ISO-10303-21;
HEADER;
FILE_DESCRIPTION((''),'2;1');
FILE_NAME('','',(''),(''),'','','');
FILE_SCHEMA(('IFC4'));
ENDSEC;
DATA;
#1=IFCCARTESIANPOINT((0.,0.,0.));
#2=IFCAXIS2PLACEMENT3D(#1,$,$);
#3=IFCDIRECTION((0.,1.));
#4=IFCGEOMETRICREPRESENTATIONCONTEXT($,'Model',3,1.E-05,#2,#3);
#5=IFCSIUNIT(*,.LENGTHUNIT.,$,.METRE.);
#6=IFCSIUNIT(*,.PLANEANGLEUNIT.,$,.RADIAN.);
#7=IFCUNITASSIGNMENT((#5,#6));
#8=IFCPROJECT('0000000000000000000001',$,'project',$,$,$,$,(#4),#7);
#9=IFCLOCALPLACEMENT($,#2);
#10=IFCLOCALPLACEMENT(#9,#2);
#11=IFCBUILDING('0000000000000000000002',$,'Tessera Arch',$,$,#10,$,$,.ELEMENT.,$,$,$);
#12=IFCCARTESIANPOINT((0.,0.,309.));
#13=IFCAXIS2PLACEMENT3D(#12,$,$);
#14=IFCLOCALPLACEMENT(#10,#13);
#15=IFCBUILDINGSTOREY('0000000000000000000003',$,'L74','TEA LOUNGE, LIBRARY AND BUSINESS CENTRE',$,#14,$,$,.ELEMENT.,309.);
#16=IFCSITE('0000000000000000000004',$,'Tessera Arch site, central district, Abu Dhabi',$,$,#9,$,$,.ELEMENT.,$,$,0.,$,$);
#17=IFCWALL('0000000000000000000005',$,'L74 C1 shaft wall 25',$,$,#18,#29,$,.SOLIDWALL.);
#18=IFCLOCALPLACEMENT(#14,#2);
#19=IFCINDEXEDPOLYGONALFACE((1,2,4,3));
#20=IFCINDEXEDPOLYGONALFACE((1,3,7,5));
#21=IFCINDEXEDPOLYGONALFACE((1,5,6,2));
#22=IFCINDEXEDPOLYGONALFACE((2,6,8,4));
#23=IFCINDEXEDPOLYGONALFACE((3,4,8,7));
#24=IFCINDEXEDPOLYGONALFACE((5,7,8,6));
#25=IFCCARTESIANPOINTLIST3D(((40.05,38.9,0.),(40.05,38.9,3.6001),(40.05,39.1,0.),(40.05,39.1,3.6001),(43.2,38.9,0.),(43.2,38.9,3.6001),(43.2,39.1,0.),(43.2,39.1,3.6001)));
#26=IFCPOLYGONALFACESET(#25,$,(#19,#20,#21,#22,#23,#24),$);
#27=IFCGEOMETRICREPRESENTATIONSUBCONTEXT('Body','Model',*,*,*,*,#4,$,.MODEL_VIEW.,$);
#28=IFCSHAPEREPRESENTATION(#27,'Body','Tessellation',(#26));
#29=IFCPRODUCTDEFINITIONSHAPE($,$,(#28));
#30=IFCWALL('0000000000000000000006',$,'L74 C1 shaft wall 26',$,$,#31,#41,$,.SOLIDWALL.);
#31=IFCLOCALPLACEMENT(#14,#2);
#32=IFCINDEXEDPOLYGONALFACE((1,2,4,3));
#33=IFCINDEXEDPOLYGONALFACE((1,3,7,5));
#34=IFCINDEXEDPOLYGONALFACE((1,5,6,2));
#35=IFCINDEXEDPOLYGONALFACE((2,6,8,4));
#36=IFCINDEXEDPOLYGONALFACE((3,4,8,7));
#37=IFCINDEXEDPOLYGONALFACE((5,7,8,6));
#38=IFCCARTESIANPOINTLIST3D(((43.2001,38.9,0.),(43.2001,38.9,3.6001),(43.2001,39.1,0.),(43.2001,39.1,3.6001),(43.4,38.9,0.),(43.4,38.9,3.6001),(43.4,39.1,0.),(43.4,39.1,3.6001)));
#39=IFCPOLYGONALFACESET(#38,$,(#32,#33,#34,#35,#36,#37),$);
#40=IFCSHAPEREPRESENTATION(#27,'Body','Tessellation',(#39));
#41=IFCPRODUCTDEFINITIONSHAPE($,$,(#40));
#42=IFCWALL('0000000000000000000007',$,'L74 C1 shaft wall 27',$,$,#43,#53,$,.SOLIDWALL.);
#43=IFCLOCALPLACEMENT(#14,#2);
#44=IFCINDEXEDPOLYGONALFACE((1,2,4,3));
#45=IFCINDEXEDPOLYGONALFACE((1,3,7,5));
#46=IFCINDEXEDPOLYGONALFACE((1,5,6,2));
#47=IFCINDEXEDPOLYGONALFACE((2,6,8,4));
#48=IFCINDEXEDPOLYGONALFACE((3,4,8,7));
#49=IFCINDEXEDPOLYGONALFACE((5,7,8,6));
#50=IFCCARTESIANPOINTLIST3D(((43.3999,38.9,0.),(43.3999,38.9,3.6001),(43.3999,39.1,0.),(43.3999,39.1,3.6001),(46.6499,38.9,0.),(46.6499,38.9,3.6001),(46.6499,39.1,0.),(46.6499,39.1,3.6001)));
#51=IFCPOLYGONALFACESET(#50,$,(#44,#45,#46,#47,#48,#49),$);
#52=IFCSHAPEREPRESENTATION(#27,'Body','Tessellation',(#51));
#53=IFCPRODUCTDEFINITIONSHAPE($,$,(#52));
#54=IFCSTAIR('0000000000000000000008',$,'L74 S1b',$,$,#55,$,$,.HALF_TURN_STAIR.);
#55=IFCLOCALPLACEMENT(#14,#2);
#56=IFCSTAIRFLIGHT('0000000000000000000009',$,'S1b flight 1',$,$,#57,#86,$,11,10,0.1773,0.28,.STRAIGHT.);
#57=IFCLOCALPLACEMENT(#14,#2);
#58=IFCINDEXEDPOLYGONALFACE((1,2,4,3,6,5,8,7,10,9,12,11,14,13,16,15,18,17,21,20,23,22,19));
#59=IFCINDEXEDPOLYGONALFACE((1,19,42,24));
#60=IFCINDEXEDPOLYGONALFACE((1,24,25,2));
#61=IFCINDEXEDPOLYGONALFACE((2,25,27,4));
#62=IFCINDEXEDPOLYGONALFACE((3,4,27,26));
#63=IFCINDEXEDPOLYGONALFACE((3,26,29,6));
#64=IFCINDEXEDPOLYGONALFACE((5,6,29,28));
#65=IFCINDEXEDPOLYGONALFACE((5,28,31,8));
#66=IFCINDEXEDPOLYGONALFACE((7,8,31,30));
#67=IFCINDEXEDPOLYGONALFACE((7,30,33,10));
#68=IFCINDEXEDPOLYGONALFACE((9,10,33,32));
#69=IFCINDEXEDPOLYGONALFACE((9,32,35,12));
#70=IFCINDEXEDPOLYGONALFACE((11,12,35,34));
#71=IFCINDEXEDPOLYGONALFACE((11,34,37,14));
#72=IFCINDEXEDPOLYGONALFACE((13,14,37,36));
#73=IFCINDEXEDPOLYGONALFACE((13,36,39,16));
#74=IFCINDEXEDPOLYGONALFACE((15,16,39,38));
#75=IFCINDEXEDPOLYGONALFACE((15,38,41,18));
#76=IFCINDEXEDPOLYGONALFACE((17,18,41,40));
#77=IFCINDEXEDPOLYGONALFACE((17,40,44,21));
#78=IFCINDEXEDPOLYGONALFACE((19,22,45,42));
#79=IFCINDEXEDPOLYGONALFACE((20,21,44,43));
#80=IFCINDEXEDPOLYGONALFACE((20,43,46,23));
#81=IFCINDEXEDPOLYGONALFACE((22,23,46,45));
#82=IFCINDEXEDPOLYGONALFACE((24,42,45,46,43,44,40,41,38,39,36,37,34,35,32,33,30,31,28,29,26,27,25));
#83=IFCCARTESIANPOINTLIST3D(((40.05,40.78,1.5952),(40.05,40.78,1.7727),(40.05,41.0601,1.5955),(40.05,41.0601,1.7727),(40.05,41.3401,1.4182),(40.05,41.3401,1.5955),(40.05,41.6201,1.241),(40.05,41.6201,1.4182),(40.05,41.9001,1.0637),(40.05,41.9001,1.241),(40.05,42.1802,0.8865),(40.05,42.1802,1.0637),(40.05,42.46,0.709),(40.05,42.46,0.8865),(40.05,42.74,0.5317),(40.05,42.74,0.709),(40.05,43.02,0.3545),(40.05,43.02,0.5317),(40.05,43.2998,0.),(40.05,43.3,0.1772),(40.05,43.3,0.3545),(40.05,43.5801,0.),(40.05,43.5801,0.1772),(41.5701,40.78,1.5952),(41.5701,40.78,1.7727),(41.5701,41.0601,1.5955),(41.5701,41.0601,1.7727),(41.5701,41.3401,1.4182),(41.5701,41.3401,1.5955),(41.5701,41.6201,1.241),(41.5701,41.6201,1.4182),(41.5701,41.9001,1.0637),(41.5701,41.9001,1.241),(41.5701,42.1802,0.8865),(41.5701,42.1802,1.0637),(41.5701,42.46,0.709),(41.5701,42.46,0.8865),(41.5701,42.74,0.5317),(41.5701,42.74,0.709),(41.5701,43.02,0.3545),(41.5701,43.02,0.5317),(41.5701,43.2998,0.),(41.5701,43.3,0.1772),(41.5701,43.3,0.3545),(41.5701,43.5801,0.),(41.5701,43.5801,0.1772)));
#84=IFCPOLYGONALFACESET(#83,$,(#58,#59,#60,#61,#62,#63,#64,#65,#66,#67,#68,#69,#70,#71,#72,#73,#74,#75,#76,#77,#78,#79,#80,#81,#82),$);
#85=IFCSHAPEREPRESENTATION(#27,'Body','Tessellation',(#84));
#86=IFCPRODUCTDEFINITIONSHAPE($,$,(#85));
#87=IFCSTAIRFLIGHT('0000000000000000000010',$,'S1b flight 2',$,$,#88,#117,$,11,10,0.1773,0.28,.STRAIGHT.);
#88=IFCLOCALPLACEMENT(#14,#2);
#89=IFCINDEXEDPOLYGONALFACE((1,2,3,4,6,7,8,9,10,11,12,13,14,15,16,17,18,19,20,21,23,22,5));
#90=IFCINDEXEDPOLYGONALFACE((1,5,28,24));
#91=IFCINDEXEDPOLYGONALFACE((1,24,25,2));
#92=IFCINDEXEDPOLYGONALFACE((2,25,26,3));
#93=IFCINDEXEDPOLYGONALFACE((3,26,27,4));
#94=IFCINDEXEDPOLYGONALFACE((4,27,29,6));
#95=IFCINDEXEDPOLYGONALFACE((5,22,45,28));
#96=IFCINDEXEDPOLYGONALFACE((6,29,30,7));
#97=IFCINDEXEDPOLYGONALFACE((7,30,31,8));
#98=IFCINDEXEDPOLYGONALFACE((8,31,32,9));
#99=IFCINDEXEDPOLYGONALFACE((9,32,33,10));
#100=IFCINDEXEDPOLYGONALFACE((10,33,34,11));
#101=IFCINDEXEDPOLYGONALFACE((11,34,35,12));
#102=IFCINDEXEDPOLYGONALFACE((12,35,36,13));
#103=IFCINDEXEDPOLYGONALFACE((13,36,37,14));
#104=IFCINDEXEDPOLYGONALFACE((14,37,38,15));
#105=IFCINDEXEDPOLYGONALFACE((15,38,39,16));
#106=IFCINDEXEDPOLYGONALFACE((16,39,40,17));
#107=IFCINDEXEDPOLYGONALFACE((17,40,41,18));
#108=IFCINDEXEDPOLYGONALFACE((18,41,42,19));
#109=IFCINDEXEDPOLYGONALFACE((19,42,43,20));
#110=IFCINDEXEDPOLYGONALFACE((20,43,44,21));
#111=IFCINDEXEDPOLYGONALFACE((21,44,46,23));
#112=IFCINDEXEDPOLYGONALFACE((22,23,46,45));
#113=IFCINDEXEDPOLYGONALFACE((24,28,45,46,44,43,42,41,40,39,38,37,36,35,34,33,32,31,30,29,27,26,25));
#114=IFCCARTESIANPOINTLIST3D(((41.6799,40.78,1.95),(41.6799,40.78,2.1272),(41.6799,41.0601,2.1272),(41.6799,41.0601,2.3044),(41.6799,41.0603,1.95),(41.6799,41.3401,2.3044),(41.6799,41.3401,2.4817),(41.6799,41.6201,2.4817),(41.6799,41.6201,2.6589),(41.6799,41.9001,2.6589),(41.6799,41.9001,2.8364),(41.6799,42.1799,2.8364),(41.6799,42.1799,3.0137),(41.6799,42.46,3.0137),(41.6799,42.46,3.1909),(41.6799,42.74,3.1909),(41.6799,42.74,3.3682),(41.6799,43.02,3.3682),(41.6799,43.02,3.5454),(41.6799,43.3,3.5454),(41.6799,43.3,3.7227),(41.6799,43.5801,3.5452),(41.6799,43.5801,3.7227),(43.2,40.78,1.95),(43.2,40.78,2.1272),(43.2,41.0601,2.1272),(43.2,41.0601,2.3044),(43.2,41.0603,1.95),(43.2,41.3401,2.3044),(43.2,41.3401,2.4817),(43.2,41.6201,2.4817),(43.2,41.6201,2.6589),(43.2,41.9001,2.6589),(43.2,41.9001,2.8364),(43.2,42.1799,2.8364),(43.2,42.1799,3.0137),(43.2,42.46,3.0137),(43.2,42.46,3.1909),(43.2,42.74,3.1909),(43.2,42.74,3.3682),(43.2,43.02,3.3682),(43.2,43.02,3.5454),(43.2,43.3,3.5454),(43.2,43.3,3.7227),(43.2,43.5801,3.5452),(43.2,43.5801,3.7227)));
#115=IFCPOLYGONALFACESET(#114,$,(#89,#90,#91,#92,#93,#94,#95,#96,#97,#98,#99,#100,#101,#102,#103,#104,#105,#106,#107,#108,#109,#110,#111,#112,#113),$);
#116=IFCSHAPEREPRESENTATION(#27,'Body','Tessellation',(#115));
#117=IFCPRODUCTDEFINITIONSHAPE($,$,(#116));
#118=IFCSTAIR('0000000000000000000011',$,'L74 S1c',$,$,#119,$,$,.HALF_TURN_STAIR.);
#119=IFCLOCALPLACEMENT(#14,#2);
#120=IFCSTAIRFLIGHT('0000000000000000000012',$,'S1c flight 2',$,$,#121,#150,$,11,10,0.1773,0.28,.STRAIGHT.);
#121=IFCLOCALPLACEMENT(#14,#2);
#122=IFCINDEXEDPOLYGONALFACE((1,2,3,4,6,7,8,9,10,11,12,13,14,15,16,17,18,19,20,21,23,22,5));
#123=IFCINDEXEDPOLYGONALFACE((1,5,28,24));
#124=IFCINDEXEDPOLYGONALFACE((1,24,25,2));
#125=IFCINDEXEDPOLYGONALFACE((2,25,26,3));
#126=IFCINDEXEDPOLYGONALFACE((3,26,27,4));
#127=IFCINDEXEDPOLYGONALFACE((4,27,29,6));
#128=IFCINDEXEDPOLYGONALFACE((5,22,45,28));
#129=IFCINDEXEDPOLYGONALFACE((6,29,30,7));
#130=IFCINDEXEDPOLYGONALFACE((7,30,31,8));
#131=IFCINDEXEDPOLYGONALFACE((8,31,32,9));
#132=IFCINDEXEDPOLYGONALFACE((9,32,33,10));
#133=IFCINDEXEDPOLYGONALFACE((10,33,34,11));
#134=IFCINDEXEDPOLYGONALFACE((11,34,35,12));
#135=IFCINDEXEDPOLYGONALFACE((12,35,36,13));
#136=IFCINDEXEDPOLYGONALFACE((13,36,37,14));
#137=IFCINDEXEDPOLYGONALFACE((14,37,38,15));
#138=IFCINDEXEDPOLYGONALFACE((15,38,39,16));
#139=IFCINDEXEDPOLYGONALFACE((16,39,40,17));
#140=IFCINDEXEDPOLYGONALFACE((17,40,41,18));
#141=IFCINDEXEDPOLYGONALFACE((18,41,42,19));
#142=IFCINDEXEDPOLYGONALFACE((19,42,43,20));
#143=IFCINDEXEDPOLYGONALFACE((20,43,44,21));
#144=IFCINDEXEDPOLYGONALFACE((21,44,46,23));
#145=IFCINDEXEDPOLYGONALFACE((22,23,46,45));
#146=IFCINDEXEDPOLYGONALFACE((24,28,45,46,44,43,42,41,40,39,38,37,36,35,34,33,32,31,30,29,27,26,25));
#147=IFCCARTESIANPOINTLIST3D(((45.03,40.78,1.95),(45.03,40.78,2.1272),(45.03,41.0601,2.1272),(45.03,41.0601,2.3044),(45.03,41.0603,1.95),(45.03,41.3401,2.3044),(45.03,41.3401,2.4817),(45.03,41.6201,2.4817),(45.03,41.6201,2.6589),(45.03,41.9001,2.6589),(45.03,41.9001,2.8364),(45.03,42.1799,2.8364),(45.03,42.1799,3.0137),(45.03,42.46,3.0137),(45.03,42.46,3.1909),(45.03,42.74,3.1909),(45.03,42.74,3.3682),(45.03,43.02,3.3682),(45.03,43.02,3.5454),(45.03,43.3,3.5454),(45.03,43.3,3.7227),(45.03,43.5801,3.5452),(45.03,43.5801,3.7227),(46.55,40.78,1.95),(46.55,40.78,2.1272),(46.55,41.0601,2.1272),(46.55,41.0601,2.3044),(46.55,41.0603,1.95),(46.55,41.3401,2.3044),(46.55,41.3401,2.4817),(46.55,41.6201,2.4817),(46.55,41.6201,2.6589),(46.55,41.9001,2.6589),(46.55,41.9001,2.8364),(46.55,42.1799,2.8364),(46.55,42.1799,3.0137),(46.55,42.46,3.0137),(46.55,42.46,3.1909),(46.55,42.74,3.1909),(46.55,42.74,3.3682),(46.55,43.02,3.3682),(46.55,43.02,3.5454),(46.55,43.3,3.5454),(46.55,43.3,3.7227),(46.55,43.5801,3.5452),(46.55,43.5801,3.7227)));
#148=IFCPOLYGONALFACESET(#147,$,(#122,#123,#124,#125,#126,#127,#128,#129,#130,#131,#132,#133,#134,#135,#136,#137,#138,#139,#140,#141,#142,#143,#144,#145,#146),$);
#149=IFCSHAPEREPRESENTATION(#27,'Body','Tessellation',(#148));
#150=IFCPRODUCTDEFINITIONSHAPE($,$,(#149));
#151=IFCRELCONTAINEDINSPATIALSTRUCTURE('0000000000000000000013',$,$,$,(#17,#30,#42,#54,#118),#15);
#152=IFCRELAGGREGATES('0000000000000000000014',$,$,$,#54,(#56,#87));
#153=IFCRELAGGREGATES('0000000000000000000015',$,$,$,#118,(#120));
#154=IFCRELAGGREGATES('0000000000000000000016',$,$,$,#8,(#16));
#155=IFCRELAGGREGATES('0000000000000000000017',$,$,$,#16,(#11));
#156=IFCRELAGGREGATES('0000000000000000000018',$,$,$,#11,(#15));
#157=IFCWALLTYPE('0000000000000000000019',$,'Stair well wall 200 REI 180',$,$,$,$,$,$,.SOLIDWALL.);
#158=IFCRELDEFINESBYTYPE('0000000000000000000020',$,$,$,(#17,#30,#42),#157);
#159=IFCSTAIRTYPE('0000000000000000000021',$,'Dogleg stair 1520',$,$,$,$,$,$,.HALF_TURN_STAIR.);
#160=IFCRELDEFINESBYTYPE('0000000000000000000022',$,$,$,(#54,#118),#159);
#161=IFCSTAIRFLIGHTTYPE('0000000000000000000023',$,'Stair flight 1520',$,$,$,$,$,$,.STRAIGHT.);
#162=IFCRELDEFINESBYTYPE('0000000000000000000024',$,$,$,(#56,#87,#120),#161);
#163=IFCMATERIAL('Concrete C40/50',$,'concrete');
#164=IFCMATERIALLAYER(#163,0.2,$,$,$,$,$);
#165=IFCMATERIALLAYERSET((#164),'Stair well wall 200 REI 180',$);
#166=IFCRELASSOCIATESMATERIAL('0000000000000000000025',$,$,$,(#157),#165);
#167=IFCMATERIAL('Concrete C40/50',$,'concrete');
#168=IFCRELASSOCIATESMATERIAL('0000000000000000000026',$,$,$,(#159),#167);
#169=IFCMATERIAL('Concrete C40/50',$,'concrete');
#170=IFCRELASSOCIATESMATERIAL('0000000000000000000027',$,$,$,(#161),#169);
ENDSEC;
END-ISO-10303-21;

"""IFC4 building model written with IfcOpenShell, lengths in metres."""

from ifc_helpers import new_model, si_unit, direction, frame, frame_2d, origin, place, context, subcontext, project, spatial, polyline, rectangle, outline, extrude, material, layer, layer_set, type_object, element, aggregate, save


model = new_model("IFC4")

# Units and contexts
model_context = context("Model", 3, precision=1e-05, world=origin(), true_north=direction((0.0, 1.0)))
body_context = subcontext(model_context, "Body", "Model", "MODEL_VIEW")
ifc_project = project(units=[si_unit("LENGTHUNIT", "METRE"), si_unit("PLANEANGLEUNIT", "RADIAN")], contexts=[model_context])

# Site, building, storey
site_placement = place(None, origin())
site = spatial("IfcSite", under=ifc_project, at=site_placement, Name="Tessera Arch site, central district, Abu Dhabi", CompositionType="ELEMENT", RefElevation=0.0)
building_placement = place(site_placement, origin())
building = spatial("IfcBuilding", under=site, at=building_placement, Name="Tessera Arch", CompositionType="ELEMENT")
storey_placement = place(building_placement, frame((0.0, 0.0, 309.0)))
storey = spatial("IfcBuildingStorey", under=building, at=storey_placement, Name="L74", Description="TEA LOUNGE, LIBRARY AND BUSINESS CENTRE", CompositionType="ELEMENT", Elevation=309.0)

# Walls
ifc_material_1 = material(Name="Concrete C40/50", Category="concrete")
ifc_layer_1 = layer(ifc_material_1, 0.2)
ifc_layer_set_1 = layer_set([ifc_layer_1], Name="Stair well wall 200 REI 180")
wall_type_1 = type_object("IfcWallType", Name="Stair well wall 200 REI 180", PredefinedType="SOLIDWALL", material=ifc_layer_set_1)
wall_1_placement = place(storey_placement, frame((40.05, 39.0, 0.0), z_axis=(0.0, 0.0, 1.0), x_axis=(1.0, 0.0, 0.0)))
element("IfcWall", 1, at=wall_1_placement, inside=storey, type_object=wall_type_1, Name="L74 C1 shaft wall 25", PredefinedType="SOLIDWALL", context=body_context, shape_type="SweptSolid", body=[
    extrude(rectangle(XDim=3.1499, YDim=0.2, at=frame_2d((1.575, 0.0))), origin(), (0.0, 0.0, 1.0), 3.6001),
])
wall_2_placement = place(storey_placement, frame((43.2, 39.0, 0.0), z_axis=(0.0, 0.0, 1.0), x_axis=(1.0, 0.0, 0.0)))
element("IfcWall", 2, at=wall_2_placement, inside=storey, type_object=wall_type_1, Name="L74 C1 shaft wall 26", PredefinedType="SOLIDWALL", context=body_context, shape_type="SweptSolid", body=[
    extrude(rectangle(XDim=0.2, YDim=0.2, at=frame_2d((0.1001, 0.0))), origin(), (0.0, 0.0, 1.0), 3.6001),
])
wall_3_placement = place(storey_placement, frame((43.3999, 39.0, 0.0), z_axis=(0.0, 0.0, 1.0), x_axis=(1.0, 0.0, 0.0)))
element("IfcWall", 3, at=wall_3_placement, inside=storey, type_object=wall_type_1, Name="L74 C1 shaft wall 27", PredefinedType="SOLIDWALL", context=body_context, shape_type="SweptSolid", body=[
    extrude(rectangle(XDim=3.25, YDim=0.2, at=frame_2d((1.625, 0.0))), origin(), (0.0, 0.0, 1.0), 3.6001),
])

# Stair, stair flights
ifc_material_2 = material(Name="Concrete C40/50", Category="concrete")
stair_type = type_object("IfcStairType", Name="Dogleg stair 1520", PredefinedType="HALF_TURN_STAIR", material=ifc_material_2)
stair_1_placement = place(storey_placement, origin())
stair_1 = element("IfcStair", 4, at=stair_1_placement, inside=storey, type_object=stair_type, Name="L74 S1b", PredefinedType="HALF_TURN_STAIR")
ifc_material_3 = material(Name="Concrete C40/50", Category="concrete")
stair_flight_type = type_object("IfcStairFlightType", Name="Stair flight 1520", PredefinedType="STRAIGHT", material=ifc_material_3)
stair_flight_1_placement = place(storey_placement, frame((40.8101, 43.5801, 0.0), z_axis=(0.0, 0.0, 1.0), x_axis=(0.0, -1.0, 0.0)))
stair_flight_1 = element("IfcStairFlight", 5, at=stair_flight_1_placement, type_object=stair_flight_type, Name="S1b flight 1", NumberOfRisers=11, NumberOfTreads=10, PredefinedType="STRAIGHT", RiserHeight=0.1773, TreadLength=0.28, context=body_context, shape_type="SweptSolid", body=[
    extrude(outline(polyline([(0.0, 0.0), (0.0, 0.1772), (0.28, 0.1772), (0.28, 0.3545), (0.5601, 0.3545), (0.5601, 0.5317), (0.8401, 0.5317), (0.8401, 0.709), (1.1201, 0.709), (1.1201, 0.8865), (1.3999, 0.8865), (1.3999, 1.0637), (1.6799, 1.0637), (1.6799, 1.241), (1.96, 1.241), (1.96, 1.4182), (2.24, 1.4182), (2.24, 1.5955), (2.52, 1.5955), (2.52, 1.7727), (2.8, 1.7727), (2.8, 1.95), (2.8, 1.5952), (0.2803, 0.0), (0.0, 0.0)])), frame((0.0, 0.76, 0.0), z_axis=(0.0, -1.0, 0.0), x_axis=(1.0, 0.0, 0.0)), (0.0, 0.0, 1.0), 1.52),
])
stair_flight_2_placement = place(storey_placement, frame((42.4399, 40.78, 1.95), z_axis=(0.0, 0.0, 1.0), x_axis=(0.0, 1.0, 0.0)))
stair_flight_2 = element("IfcStairFlight", 6, at=stair_flight_2_placement, type_object=stair_flight_type, Name="S1b flight 2", NumberOfRisers=11, NumberOfTreads=10, PredefinedType="STRAIGHT", RiserHeight=0.1773, TreadLength=0.28, context=body_context, shape_type="SweptSolid", body=[
    extrude(outline(polyline([(0.0, 0.0), (0.0, 0.1772), (0.28, 0.1772), (0.28, 0.3545), (0.5601, 0.3545), (0.5601, 0.5317), (0.8401, 0.5317), (0.8401, 0.709), (1.1201, 0.709), (1.1201, 0.8865), (1.3999, 0.8865), (1.3999, 1.0637), (1.6799, 1.0637), (1.6799, 1.241), (1.96, 1.241), (1.96, 1.4182), (2.24, 1.4182), (2.24, 1.5955), (2.52, 1.5955), (2.52, 1.7727), (2.8, 1.7727), (2.8, 1.95), (2.8, 1.5952), (0.2803, 0.0), (0.0, 0.0)])), frame((0.0, 0.76, 0.0), z_axis=(0.0, -1.0, 0.0), x_axis=(1.0, 0.0, 0.0)), (0.0, 0.0, 1.0), 1.52),
])
aggregate(stair_1, [stair_flight_1, stair_flight_2])

# Stair, stair flight
stair_2_placement = place(storey_placement, origin())
stair_2 = element("IfcStair", 7, at=stair_2_placement, inside=storey, type_object=stair_type, Name="L74 S1c", PredefinedType="HALF_TURN_STAIR")
stair_flight_3_placement = place(storey_placement, frame((45.79, 40.78, 1.95), z_axis=(0.0, 0.0, 1.0), x_axis=(0.0, 1.0, 0.0)))
stair_flight_3 = element("IfcStairFlight", 8, at=stair_flight_3_placement, type_object=stair_flight_type, Name="S1c flight 2", NumberOfRisers=11, NumberOfTreads=10, PredefinedType="STRAIGHT", RiserHeight=0.1773, TreadLength=0.28, context=body_context, shape_type="SweptSolid", body=[
    extrude(outline(polyline([(0.0, 0.0), (0.0, 0.1772), (0.28, 0.1772), (0.28, 0.3545), (0.5601, 0.3545), (0.5601, 0.5317), (0.8401, 0.5317), (0.8401, 0.709), (1.1201, 0.709), (1.1201, 0.8865), (1.3999, 0.8865), (1.3999, 1.0637), (1.6799, 1.0637), (1.6799, 1.241), (1.96, 1.241), (1.96, 1.4182), (2.24, 1.4182), (2.24, 1.5955), (2.52, 1.5955), (2.52, 1.7727), (2.8, 1.7727), (2.8, 1.95), (2.8, 1.5952), (0.2803, 0.0), (0.0, 0.0)])), frame((0.0, 0.76, 0.0), z_axis=(0.0, -1.0, 0.0), x_axis=(1.0, 0.0, 0.0)), (0.0, 0.0, 1.0), 1.52),
])
aggregate(stair_2, [stair_flight_3])

save(model, "model.ifc")
